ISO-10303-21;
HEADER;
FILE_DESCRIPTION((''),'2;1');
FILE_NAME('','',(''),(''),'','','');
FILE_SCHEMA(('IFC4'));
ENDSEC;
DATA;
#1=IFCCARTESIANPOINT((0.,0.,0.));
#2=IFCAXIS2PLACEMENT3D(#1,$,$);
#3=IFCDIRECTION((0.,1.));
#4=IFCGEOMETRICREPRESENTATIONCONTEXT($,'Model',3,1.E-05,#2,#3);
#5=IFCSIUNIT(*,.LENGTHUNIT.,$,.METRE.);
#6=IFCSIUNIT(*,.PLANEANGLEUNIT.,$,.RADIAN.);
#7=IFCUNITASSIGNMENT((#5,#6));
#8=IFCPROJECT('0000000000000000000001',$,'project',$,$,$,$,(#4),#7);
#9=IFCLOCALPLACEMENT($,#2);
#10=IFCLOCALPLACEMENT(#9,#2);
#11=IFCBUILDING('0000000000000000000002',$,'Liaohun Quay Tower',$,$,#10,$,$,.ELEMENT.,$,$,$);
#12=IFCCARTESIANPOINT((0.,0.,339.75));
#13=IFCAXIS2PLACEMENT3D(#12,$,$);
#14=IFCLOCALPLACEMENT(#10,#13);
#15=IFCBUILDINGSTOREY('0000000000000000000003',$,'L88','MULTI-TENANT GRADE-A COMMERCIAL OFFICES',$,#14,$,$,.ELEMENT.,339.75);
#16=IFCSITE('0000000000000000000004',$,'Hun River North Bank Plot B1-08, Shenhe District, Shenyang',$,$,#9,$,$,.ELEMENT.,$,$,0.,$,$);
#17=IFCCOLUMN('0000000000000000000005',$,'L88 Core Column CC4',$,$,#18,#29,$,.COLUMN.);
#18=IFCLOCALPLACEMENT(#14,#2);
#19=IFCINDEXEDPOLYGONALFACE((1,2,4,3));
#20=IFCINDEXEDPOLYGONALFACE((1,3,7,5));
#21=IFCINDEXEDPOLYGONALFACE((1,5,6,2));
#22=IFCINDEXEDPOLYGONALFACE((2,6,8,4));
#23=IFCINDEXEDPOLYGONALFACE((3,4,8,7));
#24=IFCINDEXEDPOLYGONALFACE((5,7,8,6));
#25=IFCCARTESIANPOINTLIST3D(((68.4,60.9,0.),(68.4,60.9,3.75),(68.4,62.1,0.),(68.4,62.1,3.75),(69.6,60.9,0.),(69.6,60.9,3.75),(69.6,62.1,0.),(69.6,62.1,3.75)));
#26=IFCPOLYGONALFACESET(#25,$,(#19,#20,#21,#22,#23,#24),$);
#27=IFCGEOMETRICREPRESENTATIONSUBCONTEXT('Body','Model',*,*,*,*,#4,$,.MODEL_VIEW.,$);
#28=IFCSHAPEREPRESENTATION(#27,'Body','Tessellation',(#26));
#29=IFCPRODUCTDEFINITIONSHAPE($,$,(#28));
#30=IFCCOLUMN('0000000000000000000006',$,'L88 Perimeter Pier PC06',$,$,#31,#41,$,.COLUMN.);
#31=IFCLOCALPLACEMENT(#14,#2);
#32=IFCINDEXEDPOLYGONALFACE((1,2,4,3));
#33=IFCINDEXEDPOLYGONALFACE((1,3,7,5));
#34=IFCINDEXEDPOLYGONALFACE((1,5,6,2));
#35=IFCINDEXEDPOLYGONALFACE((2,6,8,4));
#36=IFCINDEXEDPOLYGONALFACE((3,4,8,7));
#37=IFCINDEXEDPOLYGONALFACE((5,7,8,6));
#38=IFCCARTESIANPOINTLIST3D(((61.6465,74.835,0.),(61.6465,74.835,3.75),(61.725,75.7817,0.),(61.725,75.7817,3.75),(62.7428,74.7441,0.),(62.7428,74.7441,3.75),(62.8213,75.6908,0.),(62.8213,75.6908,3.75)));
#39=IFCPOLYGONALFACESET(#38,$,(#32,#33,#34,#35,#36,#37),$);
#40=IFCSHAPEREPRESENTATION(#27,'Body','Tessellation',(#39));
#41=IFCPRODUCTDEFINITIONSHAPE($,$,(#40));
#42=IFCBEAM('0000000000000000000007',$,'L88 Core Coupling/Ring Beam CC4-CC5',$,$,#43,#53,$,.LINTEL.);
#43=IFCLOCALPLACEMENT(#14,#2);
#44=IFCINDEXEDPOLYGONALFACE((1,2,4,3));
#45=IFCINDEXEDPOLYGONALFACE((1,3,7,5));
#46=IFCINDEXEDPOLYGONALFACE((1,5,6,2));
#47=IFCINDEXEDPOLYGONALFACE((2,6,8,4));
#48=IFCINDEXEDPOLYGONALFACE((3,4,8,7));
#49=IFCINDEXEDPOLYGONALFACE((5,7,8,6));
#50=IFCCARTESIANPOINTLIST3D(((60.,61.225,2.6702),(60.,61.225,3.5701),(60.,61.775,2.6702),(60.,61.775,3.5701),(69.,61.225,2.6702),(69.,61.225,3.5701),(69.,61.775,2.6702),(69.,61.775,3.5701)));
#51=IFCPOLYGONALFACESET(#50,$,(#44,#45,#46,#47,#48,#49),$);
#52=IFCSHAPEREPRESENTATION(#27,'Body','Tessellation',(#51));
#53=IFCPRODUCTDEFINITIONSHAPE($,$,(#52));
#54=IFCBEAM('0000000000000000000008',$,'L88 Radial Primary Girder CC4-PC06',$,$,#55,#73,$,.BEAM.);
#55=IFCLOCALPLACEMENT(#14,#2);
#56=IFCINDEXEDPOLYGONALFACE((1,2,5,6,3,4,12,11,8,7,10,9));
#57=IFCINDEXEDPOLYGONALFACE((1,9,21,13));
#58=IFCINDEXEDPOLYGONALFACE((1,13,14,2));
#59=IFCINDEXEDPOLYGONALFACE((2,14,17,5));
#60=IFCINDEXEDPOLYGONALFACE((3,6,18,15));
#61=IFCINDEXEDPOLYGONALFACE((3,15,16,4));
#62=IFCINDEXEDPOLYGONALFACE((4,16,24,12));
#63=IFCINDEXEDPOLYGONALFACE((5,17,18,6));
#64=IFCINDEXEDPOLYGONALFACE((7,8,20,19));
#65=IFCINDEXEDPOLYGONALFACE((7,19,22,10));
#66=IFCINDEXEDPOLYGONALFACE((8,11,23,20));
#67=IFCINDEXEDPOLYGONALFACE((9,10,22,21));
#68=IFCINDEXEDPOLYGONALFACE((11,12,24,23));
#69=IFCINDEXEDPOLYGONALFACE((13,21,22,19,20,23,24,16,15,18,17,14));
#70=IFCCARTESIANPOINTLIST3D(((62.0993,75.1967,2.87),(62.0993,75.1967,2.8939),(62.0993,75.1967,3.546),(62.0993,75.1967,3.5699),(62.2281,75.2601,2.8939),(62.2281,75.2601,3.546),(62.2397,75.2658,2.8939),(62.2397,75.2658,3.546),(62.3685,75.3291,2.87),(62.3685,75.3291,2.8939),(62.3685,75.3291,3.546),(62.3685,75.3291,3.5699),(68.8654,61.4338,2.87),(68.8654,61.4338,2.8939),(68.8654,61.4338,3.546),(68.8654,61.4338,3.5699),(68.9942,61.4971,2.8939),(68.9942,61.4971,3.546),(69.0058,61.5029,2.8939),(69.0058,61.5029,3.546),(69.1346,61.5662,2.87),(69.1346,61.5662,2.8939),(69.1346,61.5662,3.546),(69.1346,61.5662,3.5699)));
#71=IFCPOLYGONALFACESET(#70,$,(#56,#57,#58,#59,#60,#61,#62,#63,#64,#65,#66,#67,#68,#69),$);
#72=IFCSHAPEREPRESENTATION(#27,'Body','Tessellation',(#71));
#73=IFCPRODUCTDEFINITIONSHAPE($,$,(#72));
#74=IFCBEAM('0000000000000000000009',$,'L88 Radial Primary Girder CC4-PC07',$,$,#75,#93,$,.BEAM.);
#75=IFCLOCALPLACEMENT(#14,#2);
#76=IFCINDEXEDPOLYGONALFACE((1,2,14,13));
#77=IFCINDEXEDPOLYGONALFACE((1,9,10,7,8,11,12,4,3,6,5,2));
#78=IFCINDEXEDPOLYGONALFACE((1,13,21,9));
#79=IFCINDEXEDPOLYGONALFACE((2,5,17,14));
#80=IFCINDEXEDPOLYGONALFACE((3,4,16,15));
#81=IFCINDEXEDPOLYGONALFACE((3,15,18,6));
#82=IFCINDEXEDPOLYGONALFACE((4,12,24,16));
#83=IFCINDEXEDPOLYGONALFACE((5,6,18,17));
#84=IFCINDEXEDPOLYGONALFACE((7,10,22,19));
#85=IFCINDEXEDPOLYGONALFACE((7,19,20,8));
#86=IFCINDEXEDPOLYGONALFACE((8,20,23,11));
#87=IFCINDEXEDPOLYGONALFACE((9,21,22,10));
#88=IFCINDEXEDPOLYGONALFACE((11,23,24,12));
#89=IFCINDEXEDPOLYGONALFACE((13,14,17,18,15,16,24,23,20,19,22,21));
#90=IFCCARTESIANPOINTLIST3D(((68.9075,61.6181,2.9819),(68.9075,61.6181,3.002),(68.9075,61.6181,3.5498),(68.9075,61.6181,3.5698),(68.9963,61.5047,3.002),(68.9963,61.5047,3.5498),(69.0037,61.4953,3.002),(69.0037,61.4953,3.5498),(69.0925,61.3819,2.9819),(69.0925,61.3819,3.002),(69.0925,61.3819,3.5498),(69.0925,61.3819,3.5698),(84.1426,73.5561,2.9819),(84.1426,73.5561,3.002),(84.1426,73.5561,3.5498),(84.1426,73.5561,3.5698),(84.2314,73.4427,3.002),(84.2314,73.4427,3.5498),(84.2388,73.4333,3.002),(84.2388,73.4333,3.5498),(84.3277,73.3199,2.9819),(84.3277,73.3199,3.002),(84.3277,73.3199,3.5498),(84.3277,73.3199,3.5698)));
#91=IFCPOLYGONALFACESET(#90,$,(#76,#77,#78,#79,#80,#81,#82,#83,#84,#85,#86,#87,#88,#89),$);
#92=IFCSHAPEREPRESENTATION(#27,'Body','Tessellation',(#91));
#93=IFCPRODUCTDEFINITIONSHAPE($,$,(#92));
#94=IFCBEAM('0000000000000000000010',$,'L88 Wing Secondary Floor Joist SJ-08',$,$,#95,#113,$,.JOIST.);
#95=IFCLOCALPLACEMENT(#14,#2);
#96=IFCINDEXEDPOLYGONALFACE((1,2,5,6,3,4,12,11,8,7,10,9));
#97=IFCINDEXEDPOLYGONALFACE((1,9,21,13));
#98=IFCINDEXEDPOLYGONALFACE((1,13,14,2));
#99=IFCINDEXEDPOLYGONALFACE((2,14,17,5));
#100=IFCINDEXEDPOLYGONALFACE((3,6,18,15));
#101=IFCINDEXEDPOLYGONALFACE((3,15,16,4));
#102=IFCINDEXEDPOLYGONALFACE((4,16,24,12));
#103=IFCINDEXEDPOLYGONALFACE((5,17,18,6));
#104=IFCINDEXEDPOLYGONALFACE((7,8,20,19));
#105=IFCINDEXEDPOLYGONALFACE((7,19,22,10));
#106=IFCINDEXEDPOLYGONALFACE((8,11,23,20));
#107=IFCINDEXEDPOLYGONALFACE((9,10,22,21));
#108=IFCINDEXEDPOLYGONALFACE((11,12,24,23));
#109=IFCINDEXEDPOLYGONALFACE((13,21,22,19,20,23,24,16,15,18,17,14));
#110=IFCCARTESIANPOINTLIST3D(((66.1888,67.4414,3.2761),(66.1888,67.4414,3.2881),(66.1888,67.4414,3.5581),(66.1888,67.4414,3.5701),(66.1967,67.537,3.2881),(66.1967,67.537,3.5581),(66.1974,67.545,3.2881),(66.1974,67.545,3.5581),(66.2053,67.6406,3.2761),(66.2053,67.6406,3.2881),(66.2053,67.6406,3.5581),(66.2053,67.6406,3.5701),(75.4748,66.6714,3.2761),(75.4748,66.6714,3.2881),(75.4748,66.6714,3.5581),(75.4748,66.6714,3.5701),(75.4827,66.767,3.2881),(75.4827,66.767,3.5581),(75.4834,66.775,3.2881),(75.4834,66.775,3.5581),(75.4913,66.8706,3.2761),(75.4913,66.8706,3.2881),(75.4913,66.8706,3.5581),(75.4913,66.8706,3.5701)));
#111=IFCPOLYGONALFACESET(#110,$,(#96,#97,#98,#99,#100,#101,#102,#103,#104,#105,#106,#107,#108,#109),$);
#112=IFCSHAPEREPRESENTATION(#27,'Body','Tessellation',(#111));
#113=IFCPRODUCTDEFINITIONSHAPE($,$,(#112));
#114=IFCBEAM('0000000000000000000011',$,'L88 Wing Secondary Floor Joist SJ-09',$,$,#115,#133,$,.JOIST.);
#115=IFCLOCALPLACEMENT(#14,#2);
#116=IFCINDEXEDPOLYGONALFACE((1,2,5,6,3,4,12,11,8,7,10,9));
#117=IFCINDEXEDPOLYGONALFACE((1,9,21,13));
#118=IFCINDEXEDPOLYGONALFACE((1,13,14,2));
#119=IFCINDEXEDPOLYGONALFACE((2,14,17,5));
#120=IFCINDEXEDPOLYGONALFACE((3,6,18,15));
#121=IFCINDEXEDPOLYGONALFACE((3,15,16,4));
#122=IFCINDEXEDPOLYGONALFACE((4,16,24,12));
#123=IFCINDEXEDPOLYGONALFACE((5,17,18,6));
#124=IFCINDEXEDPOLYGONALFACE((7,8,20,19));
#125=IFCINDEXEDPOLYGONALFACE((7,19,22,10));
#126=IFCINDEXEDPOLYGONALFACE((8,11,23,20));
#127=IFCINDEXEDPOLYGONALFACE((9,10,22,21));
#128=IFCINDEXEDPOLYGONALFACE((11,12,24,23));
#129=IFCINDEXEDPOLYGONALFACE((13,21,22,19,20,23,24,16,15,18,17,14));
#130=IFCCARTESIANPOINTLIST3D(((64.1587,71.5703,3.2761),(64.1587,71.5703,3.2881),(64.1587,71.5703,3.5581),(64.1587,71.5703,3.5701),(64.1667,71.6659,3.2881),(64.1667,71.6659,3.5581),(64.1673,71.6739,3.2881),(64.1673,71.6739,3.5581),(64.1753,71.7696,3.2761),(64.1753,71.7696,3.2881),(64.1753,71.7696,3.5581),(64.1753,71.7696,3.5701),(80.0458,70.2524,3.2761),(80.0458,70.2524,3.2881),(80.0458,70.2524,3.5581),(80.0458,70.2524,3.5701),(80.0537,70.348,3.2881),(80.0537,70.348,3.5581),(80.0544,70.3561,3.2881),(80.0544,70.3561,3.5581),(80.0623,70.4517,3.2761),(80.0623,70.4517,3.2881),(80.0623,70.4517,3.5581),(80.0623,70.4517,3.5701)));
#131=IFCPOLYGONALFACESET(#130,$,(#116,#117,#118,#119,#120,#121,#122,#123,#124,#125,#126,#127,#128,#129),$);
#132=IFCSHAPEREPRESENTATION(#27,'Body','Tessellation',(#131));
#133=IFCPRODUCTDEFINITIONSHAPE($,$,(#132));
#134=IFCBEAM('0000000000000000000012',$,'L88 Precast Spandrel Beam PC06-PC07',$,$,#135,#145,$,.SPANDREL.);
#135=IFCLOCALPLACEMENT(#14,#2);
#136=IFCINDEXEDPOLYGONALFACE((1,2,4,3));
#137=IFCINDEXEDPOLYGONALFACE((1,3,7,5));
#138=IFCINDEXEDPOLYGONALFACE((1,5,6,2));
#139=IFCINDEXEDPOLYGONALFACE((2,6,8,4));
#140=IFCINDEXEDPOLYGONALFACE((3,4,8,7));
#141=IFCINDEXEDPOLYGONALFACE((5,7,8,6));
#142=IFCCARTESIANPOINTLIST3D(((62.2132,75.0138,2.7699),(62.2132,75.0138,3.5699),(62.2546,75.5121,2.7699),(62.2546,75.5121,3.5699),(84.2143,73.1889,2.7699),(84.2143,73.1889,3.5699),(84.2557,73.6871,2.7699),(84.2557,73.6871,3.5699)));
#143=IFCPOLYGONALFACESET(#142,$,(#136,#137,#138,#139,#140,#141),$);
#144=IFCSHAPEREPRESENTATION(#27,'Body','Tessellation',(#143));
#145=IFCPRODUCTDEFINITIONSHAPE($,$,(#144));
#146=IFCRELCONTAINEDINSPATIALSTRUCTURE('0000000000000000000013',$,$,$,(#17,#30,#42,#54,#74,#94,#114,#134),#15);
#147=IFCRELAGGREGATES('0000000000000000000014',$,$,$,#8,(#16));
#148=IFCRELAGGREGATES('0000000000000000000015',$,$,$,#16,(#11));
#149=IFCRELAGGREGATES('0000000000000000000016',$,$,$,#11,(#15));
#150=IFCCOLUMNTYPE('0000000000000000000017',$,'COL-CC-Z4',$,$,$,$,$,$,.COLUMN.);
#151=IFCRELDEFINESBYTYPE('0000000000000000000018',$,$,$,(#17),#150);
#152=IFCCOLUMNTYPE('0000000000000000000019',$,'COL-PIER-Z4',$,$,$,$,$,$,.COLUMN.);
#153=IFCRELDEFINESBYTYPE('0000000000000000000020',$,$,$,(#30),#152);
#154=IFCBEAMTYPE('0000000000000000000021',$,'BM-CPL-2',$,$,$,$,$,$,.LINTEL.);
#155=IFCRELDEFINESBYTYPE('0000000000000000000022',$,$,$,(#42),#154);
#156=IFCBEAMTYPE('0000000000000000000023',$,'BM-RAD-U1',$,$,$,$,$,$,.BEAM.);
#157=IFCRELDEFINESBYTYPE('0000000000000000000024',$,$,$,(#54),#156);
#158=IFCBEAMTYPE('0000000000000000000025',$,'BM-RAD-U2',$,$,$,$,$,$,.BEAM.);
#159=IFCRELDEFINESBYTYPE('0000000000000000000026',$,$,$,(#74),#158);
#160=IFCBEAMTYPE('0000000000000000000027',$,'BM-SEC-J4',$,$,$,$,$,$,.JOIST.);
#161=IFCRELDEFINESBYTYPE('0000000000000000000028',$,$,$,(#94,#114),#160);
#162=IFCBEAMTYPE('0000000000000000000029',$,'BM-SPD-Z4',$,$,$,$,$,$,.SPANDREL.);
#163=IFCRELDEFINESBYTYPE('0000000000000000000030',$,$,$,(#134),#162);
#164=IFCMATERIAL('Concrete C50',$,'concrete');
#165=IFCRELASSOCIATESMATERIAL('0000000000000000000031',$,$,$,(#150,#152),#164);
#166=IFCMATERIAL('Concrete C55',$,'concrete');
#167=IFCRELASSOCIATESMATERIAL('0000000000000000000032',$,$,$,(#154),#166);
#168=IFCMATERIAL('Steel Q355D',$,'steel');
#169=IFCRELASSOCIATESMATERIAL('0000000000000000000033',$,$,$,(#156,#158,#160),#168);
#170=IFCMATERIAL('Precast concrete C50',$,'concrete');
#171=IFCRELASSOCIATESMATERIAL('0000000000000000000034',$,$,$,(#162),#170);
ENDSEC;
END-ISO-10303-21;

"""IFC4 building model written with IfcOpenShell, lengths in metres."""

from ifc_helpers import new_model, si_unit, direction, frame, origin, origin_2d, place, context, subcontext, project, spatial, rectangle, i_section, extrude, source, transform, mapped, material, material_profile, profile_set, type_object, element, save


model = new_model("IFC4")

# Units and contexts
model_context = context("Model", 3, precision=1e-05, world=origin(), true_north=direction((0.0, 1.0)))
body_context = subcontext(model_context, "Body", "Model", "MODEL_VIEW")
ifc_project = project(units=[si_unit("LENGTHUNIT", "METRE"), si_unit("PLANEANGLEUNIT", "RADIAN")], contexts=[model_context])

# Site, building, storey
site_placement = place(None, origin())
site = spatial("IfcSite", under=ifc_project, at=site_placement, Name="Hun River North Bank Plot B1-08, Shenhe District, Shenyang", CompositionType="ELEMENT", RefElevation=0.0)
building_placement = place(site_placement, origin())
building = spatial("IfcBuilding", under=site, at=building_placement, Name="Liaohun Quay Tower", CompositionType="ELEMENT")
storey_placement = place(building_placement, frame((0.0, 0.0, 339.75)))
storey = spatial("IfcBuildingStorey", under=building, at=storey_placement, Name="L88", Description="MULTI-TENANT GRADE-A COMMERCIAL OFFICES", CompositionType="ELEMENT", Elevation=339.75)

# Columns
ifc_material_1 = material(Name="Concrete C50", Category="concrete")
ifc_material_profile_1 = material_profile(ifc_material_1, rectangle(XDim=1.2, YDim=1.2, at=origin_2d()), Name="RC1200x1200")
ifc_profile_set_1 = profile_set([ifc_material_profile_1], Name="Concrete C50")
column_type_1 = type_object("IfcColumnType", Name="COL-CC-Z4", PredefinedType="COLUMN", material=ifc_profile_set_1)
shared_shape_1 = source(origin(), body_context, "Body", "SweptSolid", [
    extrude(rectangle(XDim=1.2, YDim=1.2, at=origin_2d()), origin(), (0.0, 0.0, 1.0), 3.75),
])
column_1_placement = place(storey_placement, frame((69.0, 61.5, 0.0), z_axis=(0.0, 0.0, 1.0), x_axis=(1.0, 0.0, 0.0)))
element("IfcColumn", 1, at=column_1_placement, inside=storey, type_object=column_type_1, Name="L88 Core Column CC4", PredefinedType="COLUMN", context=body_context, shape_type="MappedRepresentation", body=[
    mapped(shared_shape_1, transform((0.0, 0.0, 0.0), x_axis=(1.0, 0.0, 0.0), y_axis=(0.0, 1.0, 0.0), z_axis=(0.0, 0.0, 1.0), scale=1.0)),
])
ifc_material_profile_2 = material_profile(ifc_material_1, rectangle(XDim=1.1001, YDim=0.95, at=origin_2d()), Name="RC1100x950")
ifc_profile_set_2 = profile_set([ifc_material_profile_2], Name="Concrete C50")
column_type_2 = type_object("IfcColumnType", Name="COL-PIER-Z4", PredefinedType="COLUMN", material=ifc_profile_set_2)
shared_shape_2 = source(origin(), body_context, "Body", "SweptSolid", [
    extrude(rectangle(XDim=1.1001, YDim=0.95, at=origin_2d()), origin(), (0.0, 0.0, 1.0), 3.75),
])
column_2_placement = place(storey_placement, frame((62.2339, 75.2629, 0.0), z_axis=(0.0, 0.0, 1.0), x_axis=(-0.99658, 0.082634, 0.0)))
element("IfcColumn", 2, at=column_2_placement, inside=storey, type_object=column_type_2, Name="L88 Perimeter Pier PC06", PredefinedType="COLUMN", context=body_context, shape_type="MappedRepresentation", body=[
    mapped(shared_shape_2, transform((0.0, 0.0, 0.0), x_axis=(1.0, 0.0, 0.0), y_axis=(0.0, 1.0, 0.0), z_axis=(0.0, 0.0, 1.0), scale=1.0)),
])

# Beams
ifc_material_2 = material(Name="Concrete C55", Category="concrete")
ifc_material_profile_3 = material_profile(ifc_material_2, rectangle(XDim=0.55, YDim=0.8999, at=origin_2d()), Name="RC550x900")
ifc_profile_set_3 = profile_set([ifc_material_profile_3], Name="Concrete C55")
beam_type_1 = type_object("IfcBeamType", Name="BM-CPL-2", PredefinedType="LINTEL", material=ifc_profile_set_3)
shared_shape_3 = source(origin(), body_context, "Body", "SweptSolid", [
    extrude(rectangle(XDim=0.55, YDim=0.8999, at=origin_2d()), origin(), (0.0, 0.0, 1.0), 9.0),
])
beam_1_placement = place(storey_placement, frame((69.0, 61.5, 3.1201), z_axis=(-1.0, 0.0, 0.0), x_axis=(0.0, -1.0, 0.0)))
element("IfcBeam", 3, at=beam_1_placement, inside=storey, type_object=beam_type_1, Name="L88 Core Coupling/Ring Beam CC4-CC5", PredefinedType="LINTEL", context=body_context, shape_type="MappedRepresentation", body=[
    mapped(shared_shape_3, transform((0.0, 0.0, 0.0), x_axis=(1.0, 0.0, 0.0), y_axis=(0.0, 1.0, 0.0), z_axis=(0.0, 0.0, 1.0), scale=1.0)),
])
ifc_material_3 = material(Name="Steel Q355D", Category="steel")
ifc_material_profile_4 = material_profile(ifc_material_3, i_section(OverallWidth=0.3, OverallDepth=0.7, WebThickness=0.0129, FlangeThickness=0.0239, at=origin_2d()), Name="HN700x300x13x24")
ifc_profile_set_4 = profile_set([ifc_material_profile_4], Name="Steel Q355D")
beam_type_2 = type_object("IfcBeamType", Name="BM-RAD-U1", PredefinedType="BEAM", material=ifc_profile_set_4)
shared_shape_4 = source(origin(), body_context, "Body", "SweptSolid", [
    extrude(i_section(OverallWidth=0.3, OverallDepth=0.7, WebThickness=0.0129, FlangeThickness=0.0239, at=origin_2d()), origin(), (0.0, 0.0, 1.0), 15.3362),
])
beam_2_placement = place(storey_placement, frame((69.0, 61.5, 3.22), z_axis=(-0.441186, 0.897416, 0.0), x_axis=(-0.897416, -0.441186, 0.0)))
element("IfcBeam", 4, at=beam_2_placement, inside=storey, type_object=beam_type_2, Name="L88 Radial Primary Girder CC4-PC06", PredefinedType="BEAM", context=body_context, shape_type="MappedRepresentation", body=[
    mapped(shared_shape_4, transform((0.0, 0.0, 0.0), x_axis=(1.0, 0.0, 0.0), y_axis=(0.0, 1.0, 0.0), z_axis=(0.0, 0.0, 1.0), scale=1.0)),
])
ifc_material_profile_5 = material_profile(ifc_material_3, i_section(OverallWidth=0.3, OverallDepth=0.5879, WebThickness=0.012, FlangeThickness=0.02, at=origin_2d()), Name="HM588x300x12x20")
ifc_profile_set_5 = profile_set([ifc_material_profile_5], Name="Steel Q355D")
beam_type_3 = type_object("IfcBeamType", Name="BM-RAD-U2", PredefinedType="BEAM", material=ifc_profile_set_5)
shared_shape_5 = source(origin(), body_context, "Body", "SweptSolid", [
    extrude(i_section(OverallWidth=0.3, OverallDepth=0.5879, WebThickness=0.012, FlangeThickness=0.02, at=origin_2d()), origin(), (0.0, 0.0, 1.0), 19.3552),
])
beam_3_placement = place(storey_placement, frame((69.0, 61.5, 3.2759), z_axis=(0.787132, 0.616784, 0.0), x_axis=(-0.616784, 0.787132, 0.0)))
element("IfcBeam", 5, at=beam_3_placement, inside=storey, type_object=beam_type_3, Name="L88 Radial Primary Girder CC4-PC07", PredefinedType="BEAM", context=body_context, shape_type="MappedRepresentation", body=[
    mapped(shared_shape_5, transform((0.0, 0.0, 0.0), x_axis=(1.0, 0.0, 0.0), y_axis=(0.0, 1.0, 0.0), z_axis=(0.0, 0.0, 1.0), scale=1.0)),
])
ifc_material_profile_6 = material_profile(ifc_material_3, i_section(OverallWidth=0.2, OverallDepth=0.2939, WebThickness=0.0081, FlangeThickness=0.012, at=origin_2d()), Name="HM294x200x8x12")
ifc_profile_set_6 = profile_set([ifc_material_profile_6], Name="Steel Q355D")
beam_type_4 = type_object("IfcBeamType", Name="BM-SEC-J4", PredefinedType="JOIST", material=ifc_profile_set_6)
shared_shape_6 = source(origin(), body_context, "Body", "SweptSolid", [
    extrude(i_section(OverallWidth=0.2, OverallDepth=0.2939, WebThickness=0.0081, FlangeThickness=0.012, at=origin_2d()), origin(), (0.0, 0.0, 1.0), 9.3179),
])
beam_4_placement = place(storey_placement, frame((66.197, 67.541, 3.4231), z_axis=(0.996579, -0.08264, 0.0), x_axis=(0.08264, 0.996579, 0.0)))
element("IfcBeam", 6, at=beam_4_placement, inside=storey, type_object=beam_type_4, Name="L88 Wing Secondary Floor Joist SJ-08", PredefinedType="JOIST", context=body_context, shape_type="MappedRepresentation", body=[
    mapped(shared_shape_6, transform((0.0, 0.0, 0.0), x_axis=(1.0, 0.0, 0.0), y_axis=(0.0, 1.0, 0.0), z_axis=(0.0, 0.0, 1.0), scale=1.0)),
])
shared_shape_7 = source(origin(), body_context, "Body", "SweptSolid", [
    extrude(i_section(OverallWidth=0.2, OverallDepth=0.2939, WebThickness=0.0081, FlangeThickness=0.012, at=origin_2d()), origin(), (0.0, 0.0, 1.0), 15.9417),
])
beam_5_placement = place(storey_placement, frame((64.167, 71.6699, 3.4231), z_axis=(0.996577, -0.082669, 0.0), x_axis=(0.082669, 0.996577, 0.0)))
element("IfcBeam", 7, at=beam_5_placement, inside=storey, type_object=beam_type_4, Name="L88 Wing Secondary Floor Joist SJ-09", PredefinedType="JOIST", context=body_context, shape_type="MappedRepresentation", body=[
    mapped(shared_shape_7, transform((0.0, 0.0, 0.0), x_axis=(1.0, 0.0, 0.0), y_axis=(0.0, 1.0, 0.0), z_axis=(0.0, 0.0, 1.0), scale=1.0)),
])
ifc_material_4 = material(Name="Precast concrete C50", Category="concrete")
ifc_material_profile_7 = material_profile(ifc_material_4, rectangle(XDim=0.5, YDim=0.8, at=origin_2d()), Name="RC500x800")
ifc_profile_set_7 = profile_set([ifc_material_profile_7], Name="Precast concrete C50")
beam_type_5 = type_object("IfcBeamType", Name="BM-SPD-Z4", PredefinedType="SPANDREL", material=ifc_profile_set_7)
shared_shape_8 = source(origin(), body_context, "Body", "SweptSolid", [
    extrude(rectangle(XDim=0.5, YDim=0.8, at=origin_2d()), origin(), (0.0, 0.0, 1.0), 22.0767),
])
beam_6_placement = place(storey_placement, frame((62.2339, 75.2629, 3.1699), z_axis=(0.996577, -0.082664, 0.0), x_axis=(0.082664, 0.996577, 0.0)))
element("IfcBeam", 8, at=beam_6_placement, inside=storey, type_object=beam_type_5, Name="L88 Precast Spandrel Beam PC06-PC07", PredefinedType="SPANDREL", context=body_context, shape_type="MappedRepresentation", body=[
    mapped(shared_shape_8, transform((0.0, 0.0, 0.0), x_axis=(1.0, 0.0, 0.0), y_axis=(0.0, 1.0, 0.0), z_axis=(0.0, 0.0, 1.0), scale=1.0)),
])

save(model, "model.ifc")
